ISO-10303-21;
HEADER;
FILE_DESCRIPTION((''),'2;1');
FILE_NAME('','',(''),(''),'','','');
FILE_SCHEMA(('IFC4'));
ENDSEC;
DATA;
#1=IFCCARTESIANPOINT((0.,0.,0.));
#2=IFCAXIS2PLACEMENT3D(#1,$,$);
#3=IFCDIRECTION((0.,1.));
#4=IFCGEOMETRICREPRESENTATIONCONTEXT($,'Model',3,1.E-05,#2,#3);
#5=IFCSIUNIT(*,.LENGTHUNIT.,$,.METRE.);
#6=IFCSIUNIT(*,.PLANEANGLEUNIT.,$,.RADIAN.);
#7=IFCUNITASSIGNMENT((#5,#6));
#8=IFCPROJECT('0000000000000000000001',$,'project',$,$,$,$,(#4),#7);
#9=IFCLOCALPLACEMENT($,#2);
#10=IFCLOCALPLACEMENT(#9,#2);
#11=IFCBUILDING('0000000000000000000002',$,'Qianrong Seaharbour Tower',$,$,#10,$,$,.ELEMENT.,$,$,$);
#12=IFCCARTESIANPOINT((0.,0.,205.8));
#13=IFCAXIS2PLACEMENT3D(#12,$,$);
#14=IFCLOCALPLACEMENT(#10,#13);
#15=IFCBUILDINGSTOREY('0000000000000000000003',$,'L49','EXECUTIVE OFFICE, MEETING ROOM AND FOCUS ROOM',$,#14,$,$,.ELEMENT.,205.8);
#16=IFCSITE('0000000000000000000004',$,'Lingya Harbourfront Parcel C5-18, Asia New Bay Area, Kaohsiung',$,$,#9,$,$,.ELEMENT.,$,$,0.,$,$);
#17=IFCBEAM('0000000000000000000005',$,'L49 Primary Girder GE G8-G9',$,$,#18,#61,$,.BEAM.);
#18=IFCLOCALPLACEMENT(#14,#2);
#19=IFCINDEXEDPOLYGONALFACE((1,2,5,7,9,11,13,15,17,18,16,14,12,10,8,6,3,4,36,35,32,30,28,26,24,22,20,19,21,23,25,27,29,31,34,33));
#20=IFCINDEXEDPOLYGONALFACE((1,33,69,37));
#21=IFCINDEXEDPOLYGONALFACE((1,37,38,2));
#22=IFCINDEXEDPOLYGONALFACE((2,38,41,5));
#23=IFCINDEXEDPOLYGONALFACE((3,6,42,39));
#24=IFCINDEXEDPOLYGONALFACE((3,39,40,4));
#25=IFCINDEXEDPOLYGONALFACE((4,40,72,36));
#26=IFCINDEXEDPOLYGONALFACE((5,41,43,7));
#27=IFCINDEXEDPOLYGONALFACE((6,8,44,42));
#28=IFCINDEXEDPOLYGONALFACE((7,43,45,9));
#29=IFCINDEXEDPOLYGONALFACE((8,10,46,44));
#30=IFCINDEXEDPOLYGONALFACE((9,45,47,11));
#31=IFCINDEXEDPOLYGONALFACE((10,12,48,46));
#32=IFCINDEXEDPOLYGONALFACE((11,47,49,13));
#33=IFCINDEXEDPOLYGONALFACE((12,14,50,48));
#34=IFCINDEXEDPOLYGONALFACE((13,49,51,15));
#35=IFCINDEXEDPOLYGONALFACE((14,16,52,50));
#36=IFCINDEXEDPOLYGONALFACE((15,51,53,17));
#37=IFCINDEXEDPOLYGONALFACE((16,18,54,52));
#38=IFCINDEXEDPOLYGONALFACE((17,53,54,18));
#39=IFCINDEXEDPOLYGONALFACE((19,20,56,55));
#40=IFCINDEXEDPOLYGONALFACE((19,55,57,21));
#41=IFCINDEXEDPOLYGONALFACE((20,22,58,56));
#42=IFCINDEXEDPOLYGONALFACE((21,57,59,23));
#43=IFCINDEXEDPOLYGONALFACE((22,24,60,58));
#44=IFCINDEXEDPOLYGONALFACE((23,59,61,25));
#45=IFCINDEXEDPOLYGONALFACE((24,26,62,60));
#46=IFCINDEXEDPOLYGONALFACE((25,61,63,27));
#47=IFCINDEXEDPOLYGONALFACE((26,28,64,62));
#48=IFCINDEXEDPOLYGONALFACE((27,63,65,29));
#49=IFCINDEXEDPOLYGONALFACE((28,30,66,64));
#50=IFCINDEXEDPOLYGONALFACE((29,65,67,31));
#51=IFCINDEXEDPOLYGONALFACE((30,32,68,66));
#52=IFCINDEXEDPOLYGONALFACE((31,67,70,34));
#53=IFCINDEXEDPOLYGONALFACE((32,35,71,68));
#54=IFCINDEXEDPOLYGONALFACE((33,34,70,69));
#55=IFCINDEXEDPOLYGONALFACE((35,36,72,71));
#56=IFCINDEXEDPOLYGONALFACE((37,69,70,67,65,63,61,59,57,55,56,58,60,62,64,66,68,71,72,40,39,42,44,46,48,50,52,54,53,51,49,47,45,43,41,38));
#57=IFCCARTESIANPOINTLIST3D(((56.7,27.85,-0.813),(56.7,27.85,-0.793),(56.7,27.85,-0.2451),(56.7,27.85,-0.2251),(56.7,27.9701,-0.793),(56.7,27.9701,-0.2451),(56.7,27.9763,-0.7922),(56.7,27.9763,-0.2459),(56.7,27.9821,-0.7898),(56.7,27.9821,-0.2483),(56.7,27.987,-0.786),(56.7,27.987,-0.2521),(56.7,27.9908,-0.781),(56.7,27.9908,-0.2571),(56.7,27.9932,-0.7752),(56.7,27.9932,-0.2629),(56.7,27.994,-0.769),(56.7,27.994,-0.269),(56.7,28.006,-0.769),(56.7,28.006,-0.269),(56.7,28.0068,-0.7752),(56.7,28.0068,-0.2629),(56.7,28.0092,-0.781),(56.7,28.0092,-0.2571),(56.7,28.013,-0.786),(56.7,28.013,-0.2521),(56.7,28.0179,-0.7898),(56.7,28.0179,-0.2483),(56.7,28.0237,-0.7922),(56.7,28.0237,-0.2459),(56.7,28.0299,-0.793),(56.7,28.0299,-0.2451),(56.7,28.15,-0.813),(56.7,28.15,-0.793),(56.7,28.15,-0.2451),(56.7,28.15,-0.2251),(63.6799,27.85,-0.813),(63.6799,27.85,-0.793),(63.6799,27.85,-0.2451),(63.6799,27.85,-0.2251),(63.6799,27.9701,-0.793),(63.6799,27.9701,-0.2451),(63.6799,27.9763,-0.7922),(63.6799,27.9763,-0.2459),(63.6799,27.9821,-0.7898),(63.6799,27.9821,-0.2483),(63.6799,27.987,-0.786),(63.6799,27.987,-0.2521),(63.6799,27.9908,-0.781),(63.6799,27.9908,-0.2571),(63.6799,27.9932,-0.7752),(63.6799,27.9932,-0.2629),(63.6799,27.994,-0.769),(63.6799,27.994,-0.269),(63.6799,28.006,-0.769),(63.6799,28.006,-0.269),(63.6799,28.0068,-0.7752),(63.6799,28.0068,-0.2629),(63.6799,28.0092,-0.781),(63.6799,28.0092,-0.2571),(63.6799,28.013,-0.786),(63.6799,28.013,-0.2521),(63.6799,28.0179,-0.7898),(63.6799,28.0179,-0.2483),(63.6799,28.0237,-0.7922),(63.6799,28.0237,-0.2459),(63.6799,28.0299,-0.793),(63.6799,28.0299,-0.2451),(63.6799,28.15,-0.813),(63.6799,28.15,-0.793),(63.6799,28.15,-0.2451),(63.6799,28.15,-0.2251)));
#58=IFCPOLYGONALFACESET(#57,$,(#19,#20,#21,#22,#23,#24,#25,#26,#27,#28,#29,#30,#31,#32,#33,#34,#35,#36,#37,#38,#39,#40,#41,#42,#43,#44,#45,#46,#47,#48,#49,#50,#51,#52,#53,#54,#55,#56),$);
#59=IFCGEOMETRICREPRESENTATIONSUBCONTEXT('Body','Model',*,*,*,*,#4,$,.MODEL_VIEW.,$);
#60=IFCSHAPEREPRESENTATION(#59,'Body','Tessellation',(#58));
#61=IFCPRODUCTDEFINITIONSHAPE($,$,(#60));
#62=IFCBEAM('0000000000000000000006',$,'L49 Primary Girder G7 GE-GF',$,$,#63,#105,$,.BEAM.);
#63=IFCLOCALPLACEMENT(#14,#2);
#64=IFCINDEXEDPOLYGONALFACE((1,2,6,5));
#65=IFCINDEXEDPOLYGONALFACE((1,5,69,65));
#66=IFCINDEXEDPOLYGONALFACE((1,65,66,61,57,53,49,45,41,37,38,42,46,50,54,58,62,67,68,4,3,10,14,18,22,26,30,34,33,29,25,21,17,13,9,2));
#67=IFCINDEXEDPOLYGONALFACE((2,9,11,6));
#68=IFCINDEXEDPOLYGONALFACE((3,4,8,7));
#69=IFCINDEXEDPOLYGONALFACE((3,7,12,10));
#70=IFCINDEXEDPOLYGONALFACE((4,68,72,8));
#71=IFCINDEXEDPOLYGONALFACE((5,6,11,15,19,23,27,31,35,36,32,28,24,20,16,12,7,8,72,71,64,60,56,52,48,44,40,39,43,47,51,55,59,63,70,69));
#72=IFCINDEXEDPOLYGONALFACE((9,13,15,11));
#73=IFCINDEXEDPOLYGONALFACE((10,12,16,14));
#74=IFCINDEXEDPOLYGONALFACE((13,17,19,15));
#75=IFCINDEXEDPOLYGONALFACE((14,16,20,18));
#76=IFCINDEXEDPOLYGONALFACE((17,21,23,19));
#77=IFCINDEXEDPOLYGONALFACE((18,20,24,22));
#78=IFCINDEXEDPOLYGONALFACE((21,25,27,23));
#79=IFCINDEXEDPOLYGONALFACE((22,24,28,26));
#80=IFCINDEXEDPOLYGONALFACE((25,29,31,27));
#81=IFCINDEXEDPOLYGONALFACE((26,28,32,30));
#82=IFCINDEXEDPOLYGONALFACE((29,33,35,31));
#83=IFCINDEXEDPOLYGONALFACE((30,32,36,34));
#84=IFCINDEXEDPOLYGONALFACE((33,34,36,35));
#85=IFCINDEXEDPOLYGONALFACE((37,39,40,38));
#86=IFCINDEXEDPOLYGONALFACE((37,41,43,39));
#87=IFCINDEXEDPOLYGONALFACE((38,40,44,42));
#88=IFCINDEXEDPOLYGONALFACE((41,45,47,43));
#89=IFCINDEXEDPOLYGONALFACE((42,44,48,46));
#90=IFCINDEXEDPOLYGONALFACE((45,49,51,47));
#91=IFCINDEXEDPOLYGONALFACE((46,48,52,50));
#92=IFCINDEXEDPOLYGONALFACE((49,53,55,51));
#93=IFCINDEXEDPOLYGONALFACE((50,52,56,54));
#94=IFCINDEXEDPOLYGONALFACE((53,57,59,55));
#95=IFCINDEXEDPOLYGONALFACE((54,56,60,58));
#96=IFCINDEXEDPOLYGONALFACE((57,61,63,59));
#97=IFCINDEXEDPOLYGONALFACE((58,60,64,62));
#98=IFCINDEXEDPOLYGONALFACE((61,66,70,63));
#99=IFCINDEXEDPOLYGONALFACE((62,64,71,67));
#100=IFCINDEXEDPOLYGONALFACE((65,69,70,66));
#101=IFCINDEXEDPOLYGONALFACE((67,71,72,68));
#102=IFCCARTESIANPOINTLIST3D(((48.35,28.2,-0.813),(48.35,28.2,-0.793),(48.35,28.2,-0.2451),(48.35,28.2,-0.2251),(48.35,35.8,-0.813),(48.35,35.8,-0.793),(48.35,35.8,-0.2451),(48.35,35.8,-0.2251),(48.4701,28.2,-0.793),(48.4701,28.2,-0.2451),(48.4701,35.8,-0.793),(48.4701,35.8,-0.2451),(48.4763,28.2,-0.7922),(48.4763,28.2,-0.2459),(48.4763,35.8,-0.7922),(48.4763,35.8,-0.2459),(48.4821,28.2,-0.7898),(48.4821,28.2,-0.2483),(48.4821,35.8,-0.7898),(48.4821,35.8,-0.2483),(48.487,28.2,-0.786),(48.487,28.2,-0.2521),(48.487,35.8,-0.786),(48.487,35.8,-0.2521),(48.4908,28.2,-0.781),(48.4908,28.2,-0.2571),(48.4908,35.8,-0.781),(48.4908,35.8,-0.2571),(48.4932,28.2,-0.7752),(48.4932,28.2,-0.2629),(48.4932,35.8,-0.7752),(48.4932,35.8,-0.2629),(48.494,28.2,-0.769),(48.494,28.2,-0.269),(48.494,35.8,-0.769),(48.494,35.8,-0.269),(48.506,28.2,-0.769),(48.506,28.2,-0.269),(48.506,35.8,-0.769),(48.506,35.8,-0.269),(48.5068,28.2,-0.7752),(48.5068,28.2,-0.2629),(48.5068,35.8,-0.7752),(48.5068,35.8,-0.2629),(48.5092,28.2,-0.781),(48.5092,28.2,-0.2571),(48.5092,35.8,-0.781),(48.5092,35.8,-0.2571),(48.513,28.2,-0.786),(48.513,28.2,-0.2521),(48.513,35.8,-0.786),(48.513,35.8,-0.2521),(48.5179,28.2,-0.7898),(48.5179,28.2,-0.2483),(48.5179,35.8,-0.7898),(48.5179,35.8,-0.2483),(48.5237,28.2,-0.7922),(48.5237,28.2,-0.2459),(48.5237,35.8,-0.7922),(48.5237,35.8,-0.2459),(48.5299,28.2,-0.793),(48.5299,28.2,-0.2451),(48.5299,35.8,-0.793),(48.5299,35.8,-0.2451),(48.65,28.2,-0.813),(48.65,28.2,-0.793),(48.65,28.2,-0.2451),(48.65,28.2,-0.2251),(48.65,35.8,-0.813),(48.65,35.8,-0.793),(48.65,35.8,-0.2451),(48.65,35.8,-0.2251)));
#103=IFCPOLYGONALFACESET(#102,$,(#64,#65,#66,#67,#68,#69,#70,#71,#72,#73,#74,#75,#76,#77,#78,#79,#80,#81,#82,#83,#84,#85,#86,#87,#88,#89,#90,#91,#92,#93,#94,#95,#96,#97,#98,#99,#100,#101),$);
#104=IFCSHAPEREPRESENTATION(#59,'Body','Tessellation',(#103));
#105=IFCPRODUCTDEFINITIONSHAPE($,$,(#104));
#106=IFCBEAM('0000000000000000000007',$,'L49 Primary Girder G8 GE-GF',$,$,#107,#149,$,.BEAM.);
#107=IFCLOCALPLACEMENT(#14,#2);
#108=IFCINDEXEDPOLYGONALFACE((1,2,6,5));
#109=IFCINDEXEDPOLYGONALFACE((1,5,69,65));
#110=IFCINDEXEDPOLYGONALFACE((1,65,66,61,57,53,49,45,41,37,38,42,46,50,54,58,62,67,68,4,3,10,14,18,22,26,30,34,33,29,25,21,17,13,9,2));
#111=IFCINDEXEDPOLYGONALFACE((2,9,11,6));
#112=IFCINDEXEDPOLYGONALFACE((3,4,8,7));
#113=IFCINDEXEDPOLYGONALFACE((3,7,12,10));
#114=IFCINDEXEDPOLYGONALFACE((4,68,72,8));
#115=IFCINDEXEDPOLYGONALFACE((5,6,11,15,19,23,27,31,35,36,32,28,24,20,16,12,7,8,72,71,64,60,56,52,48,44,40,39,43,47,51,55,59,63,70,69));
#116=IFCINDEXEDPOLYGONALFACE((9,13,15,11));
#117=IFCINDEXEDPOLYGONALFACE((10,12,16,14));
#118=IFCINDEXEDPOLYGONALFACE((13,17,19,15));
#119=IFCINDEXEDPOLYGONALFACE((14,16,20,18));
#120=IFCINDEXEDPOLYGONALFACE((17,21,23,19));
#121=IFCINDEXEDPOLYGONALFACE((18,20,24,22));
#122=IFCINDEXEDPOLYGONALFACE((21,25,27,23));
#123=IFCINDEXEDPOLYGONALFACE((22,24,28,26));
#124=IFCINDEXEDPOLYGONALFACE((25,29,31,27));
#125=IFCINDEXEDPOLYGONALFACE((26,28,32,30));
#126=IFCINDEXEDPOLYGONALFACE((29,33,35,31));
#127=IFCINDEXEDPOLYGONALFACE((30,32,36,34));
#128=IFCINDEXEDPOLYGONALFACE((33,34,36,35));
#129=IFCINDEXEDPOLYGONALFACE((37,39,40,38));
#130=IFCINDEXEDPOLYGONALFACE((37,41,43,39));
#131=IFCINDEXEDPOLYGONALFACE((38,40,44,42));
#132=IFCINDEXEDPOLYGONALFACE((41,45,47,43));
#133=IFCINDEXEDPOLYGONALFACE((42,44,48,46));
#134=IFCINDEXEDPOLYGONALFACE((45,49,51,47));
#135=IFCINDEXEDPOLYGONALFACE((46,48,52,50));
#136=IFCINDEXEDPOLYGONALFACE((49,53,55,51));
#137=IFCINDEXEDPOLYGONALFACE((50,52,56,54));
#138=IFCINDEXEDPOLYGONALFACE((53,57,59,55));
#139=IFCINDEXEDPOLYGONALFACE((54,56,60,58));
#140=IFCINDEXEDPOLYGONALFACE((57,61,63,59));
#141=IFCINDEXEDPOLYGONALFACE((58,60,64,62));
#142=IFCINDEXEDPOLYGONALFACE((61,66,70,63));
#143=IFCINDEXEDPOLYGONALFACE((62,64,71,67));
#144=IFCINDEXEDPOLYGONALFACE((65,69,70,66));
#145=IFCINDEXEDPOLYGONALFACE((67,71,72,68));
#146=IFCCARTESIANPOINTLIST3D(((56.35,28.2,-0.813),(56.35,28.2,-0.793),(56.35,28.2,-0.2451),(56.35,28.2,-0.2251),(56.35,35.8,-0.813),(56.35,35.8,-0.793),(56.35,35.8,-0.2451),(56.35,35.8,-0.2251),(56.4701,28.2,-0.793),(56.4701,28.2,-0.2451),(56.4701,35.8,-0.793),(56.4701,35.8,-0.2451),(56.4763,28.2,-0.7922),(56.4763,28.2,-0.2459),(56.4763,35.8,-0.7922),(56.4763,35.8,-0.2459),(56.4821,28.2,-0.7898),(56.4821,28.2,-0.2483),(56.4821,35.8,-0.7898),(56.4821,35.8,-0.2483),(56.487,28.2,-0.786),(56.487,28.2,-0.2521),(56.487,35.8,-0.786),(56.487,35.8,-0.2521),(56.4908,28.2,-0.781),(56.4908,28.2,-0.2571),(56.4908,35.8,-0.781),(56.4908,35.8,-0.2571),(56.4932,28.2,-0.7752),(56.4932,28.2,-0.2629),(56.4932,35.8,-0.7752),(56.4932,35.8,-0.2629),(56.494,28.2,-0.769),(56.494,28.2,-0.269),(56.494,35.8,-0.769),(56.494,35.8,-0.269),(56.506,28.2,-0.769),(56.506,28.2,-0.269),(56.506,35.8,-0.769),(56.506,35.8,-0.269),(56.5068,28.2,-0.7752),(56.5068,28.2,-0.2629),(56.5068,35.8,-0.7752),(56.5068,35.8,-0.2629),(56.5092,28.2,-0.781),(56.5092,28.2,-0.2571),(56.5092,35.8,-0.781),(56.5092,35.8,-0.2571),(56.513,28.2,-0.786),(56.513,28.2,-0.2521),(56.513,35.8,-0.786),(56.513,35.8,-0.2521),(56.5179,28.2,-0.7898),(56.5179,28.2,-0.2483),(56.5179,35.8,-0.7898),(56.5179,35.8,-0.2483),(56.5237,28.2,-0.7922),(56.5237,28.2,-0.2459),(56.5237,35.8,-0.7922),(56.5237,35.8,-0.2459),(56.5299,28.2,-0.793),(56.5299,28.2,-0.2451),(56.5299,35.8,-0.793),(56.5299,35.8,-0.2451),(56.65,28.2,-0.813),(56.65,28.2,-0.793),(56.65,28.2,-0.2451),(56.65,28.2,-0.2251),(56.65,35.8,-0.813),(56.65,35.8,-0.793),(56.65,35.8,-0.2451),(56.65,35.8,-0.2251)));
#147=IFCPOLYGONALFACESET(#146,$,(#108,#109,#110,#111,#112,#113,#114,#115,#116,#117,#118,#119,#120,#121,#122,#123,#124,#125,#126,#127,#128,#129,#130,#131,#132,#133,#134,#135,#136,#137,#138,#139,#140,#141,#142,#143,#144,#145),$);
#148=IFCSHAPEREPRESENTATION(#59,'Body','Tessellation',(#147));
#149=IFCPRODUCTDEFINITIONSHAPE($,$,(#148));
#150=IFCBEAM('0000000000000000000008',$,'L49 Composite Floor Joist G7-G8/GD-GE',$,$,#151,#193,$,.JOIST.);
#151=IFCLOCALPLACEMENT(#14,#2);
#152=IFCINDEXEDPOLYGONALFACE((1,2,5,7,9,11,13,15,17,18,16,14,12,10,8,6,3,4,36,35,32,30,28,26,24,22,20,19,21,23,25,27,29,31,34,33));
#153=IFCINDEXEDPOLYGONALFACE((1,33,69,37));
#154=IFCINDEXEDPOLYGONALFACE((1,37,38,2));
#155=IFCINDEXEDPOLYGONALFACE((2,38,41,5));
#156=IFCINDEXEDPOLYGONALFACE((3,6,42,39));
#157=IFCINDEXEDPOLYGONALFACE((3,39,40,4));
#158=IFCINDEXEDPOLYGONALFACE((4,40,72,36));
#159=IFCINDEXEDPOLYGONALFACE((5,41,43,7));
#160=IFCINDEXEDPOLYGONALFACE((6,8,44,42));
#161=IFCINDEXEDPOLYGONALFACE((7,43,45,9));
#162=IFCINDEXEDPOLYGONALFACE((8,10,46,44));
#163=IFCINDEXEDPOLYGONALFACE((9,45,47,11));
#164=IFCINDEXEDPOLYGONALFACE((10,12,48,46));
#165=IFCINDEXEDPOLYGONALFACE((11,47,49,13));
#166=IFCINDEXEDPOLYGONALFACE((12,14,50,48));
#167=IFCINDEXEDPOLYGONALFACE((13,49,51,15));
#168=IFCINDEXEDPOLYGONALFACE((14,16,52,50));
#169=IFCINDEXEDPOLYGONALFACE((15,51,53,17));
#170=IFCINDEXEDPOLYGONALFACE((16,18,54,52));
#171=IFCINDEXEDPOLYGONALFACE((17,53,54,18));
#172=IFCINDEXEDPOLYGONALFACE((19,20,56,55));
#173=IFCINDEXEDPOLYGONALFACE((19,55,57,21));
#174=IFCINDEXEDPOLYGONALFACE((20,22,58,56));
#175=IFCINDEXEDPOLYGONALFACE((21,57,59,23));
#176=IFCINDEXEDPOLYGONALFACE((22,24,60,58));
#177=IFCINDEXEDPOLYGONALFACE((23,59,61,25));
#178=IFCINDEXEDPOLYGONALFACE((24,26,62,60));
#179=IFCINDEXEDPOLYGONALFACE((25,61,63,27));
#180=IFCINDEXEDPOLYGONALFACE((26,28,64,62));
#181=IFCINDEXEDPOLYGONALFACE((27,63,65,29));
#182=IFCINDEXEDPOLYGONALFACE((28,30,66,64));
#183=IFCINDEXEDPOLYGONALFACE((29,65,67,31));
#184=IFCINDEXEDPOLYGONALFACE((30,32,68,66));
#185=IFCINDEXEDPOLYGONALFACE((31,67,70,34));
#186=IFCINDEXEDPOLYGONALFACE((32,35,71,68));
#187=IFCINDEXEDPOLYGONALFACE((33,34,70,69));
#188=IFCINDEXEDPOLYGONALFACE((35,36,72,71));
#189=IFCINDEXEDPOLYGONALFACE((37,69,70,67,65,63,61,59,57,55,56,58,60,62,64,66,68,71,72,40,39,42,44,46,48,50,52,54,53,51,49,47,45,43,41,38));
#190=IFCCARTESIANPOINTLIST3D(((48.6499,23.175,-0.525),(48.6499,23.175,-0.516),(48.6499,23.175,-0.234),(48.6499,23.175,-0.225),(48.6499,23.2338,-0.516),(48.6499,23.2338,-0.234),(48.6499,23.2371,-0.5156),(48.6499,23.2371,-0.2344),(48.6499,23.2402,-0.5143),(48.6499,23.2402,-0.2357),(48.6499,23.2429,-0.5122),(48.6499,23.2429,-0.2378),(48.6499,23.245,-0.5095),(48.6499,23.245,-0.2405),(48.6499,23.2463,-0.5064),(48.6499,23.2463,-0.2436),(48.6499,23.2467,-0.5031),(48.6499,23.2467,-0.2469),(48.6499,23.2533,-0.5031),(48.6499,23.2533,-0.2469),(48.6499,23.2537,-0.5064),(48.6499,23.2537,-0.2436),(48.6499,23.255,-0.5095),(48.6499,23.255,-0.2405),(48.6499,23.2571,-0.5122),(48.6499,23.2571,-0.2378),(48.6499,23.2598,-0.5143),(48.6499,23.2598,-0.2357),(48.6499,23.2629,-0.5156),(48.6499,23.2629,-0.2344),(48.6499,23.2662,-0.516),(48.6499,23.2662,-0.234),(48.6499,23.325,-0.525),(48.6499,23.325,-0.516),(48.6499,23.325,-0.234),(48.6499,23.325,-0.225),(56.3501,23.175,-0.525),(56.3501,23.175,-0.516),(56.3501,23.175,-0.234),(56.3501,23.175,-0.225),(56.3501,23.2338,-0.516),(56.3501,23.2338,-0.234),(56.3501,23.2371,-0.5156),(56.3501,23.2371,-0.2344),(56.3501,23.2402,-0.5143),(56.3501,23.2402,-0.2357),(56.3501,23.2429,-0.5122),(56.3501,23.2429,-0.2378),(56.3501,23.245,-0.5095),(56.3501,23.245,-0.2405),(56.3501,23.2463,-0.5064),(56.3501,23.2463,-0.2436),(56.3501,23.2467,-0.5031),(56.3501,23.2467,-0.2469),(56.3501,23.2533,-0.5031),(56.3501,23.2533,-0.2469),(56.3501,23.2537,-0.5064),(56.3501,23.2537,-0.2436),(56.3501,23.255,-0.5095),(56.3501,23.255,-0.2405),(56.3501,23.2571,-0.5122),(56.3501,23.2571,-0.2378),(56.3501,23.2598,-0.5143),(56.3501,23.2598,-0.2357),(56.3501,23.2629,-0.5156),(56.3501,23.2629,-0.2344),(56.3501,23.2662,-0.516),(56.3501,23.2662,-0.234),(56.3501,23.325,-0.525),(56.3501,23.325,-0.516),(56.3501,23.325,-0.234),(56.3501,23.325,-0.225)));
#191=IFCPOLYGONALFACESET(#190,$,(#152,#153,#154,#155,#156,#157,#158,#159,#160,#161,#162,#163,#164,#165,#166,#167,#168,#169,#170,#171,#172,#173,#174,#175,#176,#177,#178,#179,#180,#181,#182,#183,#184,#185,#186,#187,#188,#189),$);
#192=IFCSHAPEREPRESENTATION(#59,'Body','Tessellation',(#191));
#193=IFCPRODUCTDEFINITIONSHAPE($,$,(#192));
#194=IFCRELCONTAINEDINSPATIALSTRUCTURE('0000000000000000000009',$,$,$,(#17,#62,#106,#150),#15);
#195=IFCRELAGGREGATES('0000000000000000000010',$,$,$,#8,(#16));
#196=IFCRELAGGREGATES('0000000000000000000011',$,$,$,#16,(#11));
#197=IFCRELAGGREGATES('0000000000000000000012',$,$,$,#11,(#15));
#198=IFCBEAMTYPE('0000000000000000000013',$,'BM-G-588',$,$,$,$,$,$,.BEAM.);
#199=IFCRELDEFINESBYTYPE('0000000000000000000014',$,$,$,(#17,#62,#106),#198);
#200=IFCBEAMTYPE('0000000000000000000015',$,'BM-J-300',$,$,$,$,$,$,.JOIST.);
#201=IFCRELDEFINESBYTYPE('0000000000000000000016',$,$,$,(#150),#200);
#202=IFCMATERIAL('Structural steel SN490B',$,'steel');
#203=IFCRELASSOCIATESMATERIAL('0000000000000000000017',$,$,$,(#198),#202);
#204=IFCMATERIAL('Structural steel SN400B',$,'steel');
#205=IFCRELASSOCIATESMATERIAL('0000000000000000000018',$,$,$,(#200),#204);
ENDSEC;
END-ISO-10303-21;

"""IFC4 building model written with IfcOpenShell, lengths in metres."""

from ifc_helpers import new_model, si_unit, direction, frame, origin, origin_2d, place, context, subcontext, project, spatial, i_section, extrude, material, material_profile, profile_set, type_object, element, save


model = new_model("IFC4")

# Units and contexts
model_context = context("Model", 3, precision=1e-05, world=origin(), true_north=direction((0.0, 1.0)))
body_context = subcontext(model_context, "Body", "Model", "MODEL_VIEW")
ifc_project = project(units=[si_unit("LENGTHUNIT", "METRE"), si_unit("PLANEANGLEUNIT", "RADIAN")], contexts=[model_context])

# Site, building, storey
site_placement = place(None, origin())
site = spatial("IfcSite", under=ifc_project, at=site_placement, Name="Lingya Harbourfront Parcel C5-18, Asia New Bay Area, Kaohsiung", CompositionType="ELEMENT", RefElevation=0.0)
building_placement = place(site_placement, origin())
building = spatial("IfcBuilding", under=site, at=building_placement, Name="Qianrong Seaharbour Tower", CompositionType="ELEMENT")
storey_placement = place(building_placement, frame((0.0, 0.0, 205.8)))
storey = spatial("IfcBuildingStorey", under=building, at=storey_placement, Name="L49", Description="EXECUTIVE OFFICE, MEETING ROOM AND FOCUS ROOM", CompositionType="ELEMENT", Elevation=205.8)

# Shared definitions
ifc_material_1 = material(Name="Structural steel SN490B", Category="steel")

# Beams
ifc_material_profile_1 = material_profile(ifc_material_1, i_section(OverallWidth=0.3, OverallDepth=0.5879, WebThickness=0.012, FlangeThickness=0.02, FilletRadius=0.0239, at=origin_2d()), Name="H588x300x12x20")
ifc_profile_set_1 = profile_set([ifc_material_profile_1], Name="Structural steel SN490B")
beam_type_1 = type_object("IfcBeamType", Name="BM-G-588", PredefinedType="BEAM", material=ifc_profile_set_1)
beam_1_placement = place(storey_placement, frame((56.7, 28.0, -0.519), z_axis=(1.0, 0.0, 0.0), x_axis=(0.0, 1.0, 0.0)))
element("IfcBeam", 1, at=beam_1_placement, inside=storey, type_object=beam_type_1, Name="L49 Primary Girder GE G8-G9", PredefinedType="BEAM", context=body_context, shape_type="SweptSolid", body=[
    extrude(i_section(OverallWidth=0.3, OverallDepth=0.5879, WebThickness=0.012, FlangeThickness=0.02, FilletRadius=0.0239, at=origin_2d()), origin(), (0.0, 0.0, 1.0), 6.98),
])
for number, where, z_axis, x_axis, name in (
    (2, (48.5, 28.2, -0.519), (0.0, 1.0, 0.0), (-1.0, 0.0, 0.0), "L49 Primary Girder G7 GE-GF"),
    (3, (56.5, 28.2, -0.519), (0.0, 1.0, 0.0), (-1.0, 0.0, 0.0), "L49 Primary Girder G8 GE-GF"),
):
    element("IfcBeam", number, at=place(storey_placement, frame(where, z_axis=z_axis, x_axis=x_axis)), inside=storey, type_object=beam_type_1, Name=name, PredefinedType="BEAM", context=body_context, shape_type="SweptSolid", body=[
        extrude(i_section(OverallWidth=0.3, OverallDepth=0.5879, WebThickness=0.012, FlangeThickness=0.02, FilletRadius=0.0239, at=origin_2d()), origin(), (0.0, 0.0, 1.0), 7.6001),
    ])
ifc_material_2 = material(Name="Structural steel SN400B", Category="steel")
ifc_material_profile_2 = material_profile(ifc_material_2, i_section(OverallWidth=0.1499, OverallDepth=0.3, WebThickness=0.0066, FlangeThickness=0.009, FilletRadius=0.0129, at=origin_2d()), Name="H300x150x6.5x9")
ifc_profile_set_2 = profile_set([ifc_material_profile_2], Name="Structural steel SN400B")
beam_type_2 = type_object("IfcBeamType", Name="BM-J-300", PredefinedType="JOIST", material=ifc_profile_set_2)
beam_2_placement = place(storey_placement, frame((48.6499, 23.25, -0.375), z_axis=(1.0, 0.0, 0.0), x_axis=(0.0, 1.0, 0.0)))
element("IfcBeam", 4, at=beam_2_placement, inside=storey, type_object=beam_type_2, Name="L49 Composite Floor Joist G7-G8/GD-GE", PredefinedType="JOIST", context=body_context, shape_type="SweptSolid", body=[
    extrude(i_section(OverallWidth=0.1499, OverallDepth=0.3, WebThickness=0.0066, FlangeThickness=0.009, FilletRadius=0.0129, at=origin_2d()), origin(), (0.0, 0.0, 1.0), 7.7002),
])

save(model, "model.ifc")
